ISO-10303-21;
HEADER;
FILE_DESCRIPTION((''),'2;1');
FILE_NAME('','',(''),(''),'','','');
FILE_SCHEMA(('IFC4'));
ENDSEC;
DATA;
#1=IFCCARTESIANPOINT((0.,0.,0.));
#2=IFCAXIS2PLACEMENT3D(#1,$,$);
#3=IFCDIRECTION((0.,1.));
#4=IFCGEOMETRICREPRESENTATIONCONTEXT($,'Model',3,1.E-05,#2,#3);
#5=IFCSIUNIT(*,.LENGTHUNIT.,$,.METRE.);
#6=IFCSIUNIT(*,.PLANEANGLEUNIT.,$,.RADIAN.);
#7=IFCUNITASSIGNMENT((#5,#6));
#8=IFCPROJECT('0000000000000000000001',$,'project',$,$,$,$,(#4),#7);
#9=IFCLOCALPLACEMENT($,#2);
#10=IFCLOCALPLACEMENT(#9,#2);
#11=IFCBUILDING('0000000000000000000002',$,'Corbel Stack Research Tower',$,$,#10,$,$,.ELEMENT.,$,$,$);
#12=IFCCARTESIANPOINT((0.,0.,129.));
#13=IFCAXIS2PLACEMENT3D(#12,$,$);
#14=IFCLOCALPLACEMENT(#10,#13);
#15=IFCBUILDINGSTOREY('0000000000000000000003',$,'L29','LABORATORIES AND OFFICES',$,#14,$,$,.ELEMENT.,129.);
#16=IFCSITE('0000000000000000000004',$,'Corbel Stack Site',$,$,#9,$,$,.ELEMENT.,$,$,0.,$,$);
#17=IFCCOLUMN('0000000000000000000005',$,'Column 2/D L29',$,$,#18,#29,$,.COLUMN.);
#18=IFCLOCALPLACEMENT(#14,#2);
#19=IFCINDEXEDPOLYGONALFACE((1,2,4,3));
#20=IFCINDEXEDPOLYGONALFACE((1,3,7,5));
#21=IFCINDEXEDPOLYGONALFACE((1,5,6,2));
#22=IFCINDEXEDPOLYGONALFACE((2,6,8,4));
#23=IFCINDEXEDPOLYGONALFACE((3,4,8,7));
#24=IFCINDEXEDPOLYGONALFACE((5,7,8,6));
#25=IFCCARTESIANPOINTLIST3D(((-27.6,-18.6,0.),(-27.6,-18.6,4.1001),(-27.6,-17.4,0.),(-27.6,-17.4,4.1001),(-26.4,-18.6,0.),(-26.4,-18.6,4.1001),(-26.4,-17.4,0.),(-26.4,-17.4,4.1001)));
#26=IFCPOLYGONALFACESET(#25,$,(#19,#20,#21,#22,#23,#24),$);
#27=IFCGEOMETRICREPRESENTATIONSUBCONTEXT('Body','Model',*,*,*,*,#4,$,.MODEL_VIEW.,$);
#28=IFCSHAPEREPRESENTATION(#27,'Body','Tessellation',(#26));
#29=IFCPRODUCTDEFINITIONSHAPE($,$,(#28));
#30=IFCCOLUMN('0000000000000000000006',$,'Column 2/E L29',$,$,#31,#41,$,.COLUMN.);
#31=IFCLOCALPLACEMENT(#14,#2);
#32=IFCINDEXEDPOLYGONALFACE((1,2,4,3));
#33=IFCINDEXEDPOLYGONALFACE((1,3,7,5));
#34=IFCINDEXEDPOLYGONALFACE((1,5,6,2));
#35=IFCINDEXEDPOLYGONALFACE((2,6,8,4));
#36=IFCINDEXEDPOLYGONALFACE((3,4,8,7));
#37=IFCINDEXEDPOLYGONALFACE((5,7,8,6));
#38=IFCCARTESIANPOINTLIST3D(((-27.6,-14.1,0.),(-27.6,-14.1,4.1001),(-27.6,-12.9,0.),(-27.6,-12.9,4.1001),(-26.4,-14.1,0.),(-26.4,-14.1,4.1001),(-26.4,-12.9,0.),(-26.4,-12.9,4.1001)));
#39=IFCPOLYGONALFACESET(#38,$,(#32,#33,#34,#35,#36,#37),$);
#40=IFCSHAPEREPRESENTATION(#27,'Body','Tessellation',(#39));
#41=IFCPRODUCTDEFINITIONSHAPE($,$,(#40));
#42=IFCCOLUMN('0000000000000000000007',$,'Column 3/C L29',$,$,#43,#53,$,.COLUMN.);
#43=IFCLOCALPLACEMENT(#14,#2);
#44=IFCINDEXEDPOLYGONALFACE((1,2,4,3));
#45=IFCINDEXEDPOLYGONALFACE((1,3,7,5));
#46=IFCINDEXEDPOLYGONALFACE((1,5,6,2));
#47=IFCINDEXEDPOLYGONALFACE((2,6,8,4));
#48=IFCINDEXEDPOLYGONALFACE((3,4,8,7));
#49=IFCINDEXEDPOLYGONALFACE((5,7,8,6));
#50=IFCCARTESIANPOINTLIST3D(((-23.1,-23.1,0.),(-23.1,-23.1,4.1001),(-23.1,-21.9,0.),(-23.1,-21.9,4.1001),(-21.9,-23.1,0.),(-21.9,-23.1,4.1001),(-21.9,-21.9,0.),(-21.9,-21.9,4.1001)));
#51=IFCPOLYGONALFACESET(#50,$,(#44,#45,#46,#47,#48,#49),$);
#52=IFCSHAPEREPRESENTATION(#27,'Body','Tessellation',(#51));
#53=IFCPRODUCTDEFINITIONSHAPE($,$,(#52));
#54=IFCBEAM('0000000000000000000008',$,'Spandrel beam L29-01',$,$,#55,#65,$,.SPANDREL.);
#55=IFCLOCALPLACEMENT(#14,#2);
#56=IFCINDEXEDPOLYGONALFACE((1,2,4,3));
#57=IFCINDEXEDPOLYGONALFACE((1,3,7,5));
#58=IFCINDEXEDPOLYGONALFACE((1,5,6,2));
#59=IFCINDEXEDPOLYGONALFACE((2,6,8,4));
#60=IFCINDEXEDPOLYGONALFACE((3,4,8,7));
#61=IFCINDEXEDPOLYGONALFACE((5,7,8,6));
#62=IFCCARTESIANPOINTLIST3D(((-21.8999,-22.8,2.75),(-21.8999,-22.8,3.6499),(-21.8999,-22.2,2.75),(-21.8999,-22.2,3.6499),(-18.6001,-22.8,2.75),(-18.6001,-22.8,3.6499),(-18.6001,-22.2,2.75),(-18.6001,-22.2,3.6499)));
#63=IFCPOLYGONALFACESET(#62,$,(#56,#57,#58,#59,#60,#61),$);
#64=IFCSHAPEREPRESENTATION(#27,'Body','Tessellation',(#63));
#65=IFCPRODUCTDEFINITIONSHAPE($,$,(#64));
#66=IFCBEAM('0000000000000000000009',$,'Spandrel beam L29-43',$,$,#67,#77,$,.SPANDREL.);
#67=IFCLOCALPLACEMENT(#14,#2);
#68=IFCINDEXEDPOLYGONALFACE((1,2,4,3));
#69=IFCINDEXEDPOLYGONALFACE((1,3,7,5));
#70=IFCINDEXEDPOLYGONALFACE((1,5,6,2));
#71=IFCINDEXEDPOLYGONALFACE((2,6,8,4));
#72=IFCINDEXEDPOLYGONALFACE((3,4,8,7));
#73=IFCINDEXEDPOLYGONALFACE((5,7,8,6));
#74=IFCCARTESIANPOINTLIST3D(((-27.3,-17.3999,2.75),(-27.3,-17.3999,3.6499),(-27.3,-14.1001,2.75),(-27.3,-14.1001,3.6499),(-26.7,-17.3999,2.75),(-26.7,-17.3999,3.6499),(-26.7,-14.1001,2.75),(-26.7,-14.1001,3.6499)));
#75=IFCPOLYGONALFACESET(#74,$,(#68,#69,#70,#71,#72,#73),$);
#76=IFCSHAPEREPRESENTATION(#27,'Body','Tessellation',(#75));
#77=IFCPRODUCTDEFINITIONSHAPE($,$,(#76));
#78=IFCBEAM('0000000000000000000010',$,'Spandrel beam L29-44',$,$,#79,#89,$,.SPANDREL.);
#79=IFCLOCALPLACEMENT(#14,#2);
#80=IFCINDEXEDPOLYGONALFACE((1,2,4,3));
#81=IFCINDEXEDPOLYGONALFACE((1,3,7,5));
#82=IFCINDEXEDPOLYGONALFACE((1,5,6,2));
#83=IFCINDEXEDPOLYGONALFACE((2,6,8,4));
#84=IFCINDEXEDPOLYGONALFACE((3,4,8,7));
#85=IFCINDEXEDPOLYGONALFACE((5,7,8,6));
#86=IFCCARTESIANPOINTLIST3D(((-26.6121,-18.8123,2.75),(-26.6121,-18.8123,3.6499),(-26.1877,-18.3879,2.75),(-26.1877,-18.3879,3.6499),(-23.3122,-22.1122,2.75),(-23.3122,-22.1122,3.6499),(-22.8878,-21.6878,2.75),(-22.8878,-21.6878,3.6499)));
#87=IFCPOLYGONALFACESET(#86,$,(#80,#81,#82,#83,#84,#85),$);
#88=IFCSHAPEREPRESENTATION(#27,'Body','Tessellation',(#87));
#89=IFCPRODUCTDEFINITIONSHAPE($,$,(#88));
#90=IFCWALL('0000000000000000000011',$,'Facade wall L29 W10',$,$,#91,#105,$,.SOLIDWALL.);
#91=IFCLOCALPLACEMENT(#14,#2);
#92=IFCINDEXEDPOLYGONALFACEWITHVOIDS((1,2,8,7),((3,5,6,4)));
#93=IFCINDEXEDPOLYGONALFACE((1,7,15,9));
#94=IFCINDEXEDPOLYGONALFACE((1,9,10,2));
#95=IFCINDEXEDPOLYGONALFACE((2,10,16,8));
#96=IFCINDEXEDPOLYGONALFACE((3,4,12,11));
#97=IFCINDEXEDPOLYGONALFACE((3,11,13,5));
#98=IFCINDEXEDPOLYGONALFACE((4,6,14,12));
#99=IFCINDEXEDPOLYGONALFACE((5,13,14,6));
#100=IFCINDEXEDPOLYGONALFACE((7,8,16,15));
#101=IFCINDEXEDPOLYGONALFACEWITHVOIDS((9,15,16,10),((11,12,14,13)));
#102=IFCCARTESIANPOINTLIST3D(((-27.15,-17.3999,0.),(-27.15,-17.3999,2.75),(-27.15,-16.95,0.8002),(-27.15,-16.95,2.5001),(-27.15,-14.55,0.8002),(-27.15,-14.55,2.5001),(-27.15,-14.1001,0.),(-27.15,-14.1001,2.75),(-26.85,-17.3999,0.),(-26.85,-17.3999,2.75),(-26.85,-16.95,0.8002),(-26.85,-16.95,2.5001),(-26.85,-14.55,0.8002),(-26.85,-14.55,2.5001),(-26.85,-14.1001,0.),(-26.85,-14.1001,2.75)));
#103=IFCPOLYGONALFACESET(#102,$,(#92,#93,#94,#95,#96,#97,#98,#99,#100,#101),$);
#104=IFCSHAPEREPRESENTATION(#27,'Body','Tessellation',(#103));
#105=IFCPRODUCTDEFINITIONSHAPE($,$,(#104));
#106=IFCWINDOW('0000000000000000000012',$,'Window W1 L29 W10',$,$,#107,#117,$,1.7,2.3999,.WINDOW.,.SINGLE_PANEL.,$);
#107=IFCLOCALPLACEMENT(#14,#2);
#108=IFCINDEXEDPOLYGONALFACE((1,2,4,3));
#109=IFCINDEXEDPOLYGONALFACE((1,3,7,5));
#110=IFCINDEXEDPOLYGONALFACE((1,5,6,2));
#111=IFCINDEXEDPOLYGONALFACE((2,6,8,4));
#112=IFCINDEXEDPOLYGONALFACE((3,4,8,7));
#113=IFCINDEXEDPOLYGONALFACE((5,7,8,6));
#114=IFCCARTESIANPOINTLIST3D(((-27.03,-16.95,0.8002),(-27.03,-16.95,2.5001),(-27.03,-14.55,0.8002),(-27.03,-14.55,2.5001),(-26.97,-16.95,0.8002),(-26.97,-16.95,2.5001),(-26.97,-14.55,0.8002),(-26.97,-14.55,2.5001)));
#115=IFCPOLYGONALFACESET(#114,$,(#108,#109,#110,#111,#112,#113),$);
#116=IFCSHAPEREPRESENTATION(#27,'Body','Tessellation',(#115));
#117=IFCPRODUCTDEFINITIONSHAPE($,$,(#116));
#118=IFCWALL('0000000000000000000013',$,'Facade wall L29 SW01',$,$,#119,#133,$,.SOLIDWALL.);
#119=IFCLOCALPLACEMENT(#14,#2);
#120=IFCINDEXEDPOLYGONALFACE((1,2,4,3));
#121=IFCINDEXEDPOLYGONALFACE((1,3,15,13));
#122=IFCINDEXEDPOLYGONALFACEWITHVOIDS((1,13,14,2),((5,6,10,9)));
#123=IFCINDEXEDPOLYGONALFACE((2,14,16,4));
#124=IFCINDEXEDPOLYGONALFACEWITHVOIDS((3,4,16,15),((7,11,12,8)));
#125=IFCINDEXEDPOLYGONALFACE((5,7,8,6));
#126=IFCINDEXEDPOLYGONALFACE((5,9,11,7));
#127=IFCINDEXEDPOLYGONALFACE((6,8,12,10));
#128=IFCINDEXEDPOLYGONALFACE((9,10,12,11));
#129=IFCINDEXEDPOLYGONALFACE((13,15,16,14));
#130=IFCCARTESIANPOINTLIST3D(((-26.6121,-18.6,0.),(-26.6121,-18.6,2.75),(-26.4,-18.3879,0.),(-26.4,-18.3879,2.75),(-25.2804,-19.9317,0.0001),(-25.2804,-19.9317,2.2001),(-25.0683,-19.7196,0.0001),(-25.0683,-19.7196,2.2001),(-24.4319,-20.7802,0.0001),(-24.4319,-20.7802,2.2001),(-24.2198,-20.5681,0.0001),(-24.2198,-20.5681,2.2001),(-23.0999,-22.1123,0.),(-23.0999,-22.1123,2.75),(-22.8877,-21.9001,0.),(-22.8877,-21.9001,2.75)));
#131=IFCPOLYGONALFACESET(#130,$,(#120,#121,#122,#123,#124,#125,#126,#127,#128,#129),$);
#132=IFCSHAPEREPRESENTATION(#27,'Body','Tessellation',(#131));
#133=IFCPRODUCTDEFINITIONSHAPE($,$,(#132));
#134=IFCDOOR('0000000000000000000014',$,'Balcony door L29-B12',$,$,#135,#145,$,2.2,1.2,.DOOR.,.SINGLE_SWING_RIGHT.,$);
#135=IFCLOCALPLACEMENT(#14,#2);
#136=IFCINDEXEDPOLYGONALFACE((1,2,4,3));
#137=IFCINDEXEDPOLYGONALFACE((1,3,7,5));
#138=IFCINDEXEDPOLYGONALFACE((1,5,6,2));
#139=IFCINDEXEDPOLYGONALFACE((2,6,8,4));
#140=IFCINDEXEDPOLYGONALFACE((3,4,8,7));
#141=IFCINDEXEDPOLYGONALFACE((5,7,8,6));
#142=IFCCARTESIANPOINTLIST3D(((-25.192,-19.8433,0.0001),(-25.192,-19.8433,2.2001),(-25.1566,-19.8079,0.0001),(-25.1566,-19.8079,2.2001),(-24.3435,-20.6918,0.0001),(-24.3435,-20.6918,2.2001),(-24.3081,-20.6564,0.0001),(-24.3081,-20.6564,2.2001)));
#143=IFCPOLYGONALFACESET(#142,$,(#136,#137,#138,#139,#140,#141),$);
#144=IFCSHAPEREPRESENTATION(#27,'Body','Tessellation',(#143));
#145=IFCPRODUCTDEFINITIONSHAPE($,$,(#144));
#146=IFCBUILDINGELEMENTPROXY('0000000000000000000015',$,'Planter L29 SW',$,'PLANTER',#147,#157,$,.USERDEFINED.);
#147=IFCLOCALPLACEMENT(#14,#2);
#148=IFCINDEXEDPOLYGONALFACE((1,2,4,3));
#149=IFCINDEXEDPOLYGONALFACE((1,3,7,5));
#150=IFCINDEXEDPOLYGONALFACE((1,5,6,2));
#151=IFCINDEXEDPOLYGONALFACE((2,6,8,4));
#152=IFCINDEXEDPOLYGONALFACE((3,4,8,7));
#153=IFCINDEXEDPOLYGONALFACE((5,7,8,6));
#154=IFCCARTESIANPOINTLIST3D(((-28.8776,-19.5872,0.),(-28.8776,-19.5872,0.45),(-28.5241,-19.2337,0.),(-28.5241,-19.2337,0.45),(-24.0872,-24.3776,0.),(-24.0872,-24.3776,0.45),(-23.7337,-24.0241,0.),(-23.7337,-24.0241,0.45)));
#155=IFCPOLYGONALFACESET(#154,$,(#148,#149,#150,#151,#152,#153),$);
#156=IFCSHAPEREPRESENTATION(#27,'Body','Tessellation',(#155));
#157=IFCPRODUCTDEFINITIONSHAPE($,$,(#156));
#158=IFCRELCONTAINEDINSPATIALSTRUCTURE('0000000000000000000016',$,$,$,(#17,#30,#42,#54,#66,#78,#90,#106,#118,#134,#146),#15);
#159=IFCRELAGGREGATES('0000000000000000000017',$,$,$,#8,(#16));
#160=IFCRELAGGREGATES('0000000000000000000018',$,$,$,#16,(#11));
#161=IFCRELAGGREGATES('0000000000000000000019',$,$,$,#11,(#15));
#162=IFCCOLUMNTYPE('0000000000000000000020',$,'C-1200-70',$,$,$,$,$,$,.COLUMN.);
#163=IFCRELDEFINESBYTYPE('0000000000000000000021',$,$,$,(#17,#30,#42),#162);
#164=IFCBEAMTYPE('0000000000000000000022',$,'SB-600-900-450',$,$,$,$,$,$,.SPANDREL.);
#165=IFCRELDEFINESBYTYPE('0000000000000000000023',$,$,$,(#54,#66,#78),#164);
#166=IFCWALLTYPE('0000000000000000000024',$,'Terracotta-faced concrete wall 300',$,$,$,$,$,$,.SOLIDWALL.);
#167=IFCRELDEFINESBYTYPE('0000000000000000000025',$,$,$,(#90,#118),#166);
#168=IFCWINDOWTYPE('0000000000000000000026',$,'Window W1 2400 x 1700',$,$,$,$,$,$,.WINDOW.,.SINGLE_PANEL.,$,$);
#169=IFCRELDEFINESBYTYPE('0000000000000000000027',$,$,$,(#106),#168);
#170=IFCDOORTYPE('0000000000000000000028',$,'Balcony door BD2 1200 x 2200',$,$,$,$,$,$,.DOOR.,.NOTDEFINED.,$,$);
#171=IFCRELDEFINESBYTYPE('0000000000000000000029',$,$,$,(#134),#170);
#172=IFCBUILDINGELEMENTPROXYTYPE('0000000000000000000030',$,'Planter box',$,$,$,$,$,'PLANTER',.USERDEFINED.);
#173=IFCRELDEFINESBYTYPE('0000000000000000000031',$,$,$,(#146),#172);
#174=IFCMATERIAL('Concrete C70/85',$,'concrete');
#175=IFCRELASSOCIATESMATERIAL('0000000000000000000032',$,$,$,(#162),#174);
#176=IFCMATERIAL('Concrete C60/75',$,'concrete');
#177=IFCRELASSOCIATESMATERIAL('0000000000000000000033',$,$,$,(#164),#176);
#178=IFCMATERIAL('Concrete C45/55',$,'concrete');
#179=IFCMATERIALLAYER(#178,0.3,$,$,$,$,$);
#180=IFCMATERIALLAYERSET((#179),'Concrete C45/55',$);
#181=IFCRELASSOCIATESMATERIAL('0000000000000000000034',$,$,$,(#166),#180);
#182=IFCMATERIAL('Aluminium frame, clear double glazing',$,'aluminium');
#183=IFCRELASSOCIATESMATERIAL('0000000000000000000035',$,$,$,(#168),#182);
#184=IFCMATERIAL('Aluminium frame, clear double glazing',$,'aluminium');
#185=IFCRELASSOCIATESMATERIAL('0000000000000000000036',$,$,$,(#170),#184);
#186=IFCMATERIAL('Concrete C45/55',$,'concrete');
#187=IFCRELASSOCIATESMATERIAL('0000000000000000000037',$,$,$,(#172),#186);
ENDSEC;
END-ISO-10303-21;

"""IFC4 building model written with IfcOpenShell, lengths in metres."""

from ifc_helpers import new_model, si_unit, direction, frame, frame_2d, origin, origin_2d, place, context, subcontext, project, spatial, rectangle, extrude, material, layer, layer_set, material_profile, profile_set, type_object, element, fill, save


model = new_model("IFC4")

# Units and contexts
model_context = context("Model", 3, precision=1e-05, world=origin(), true_north=direction((0.0, 1.0)))
body_context = subcontext(model_context, "Body", "Model", "MODEL_VIEW")
ifc_project = project(units=[si_unit("LENGTHUNIT", "METRE"), si_unit("PLANEANGLEUNIT", "RADIAN")], contexts=[model_context])

# Site, building, storey
site_placement = place(None, origin())
site = spatial("IfcSite", under=ifc_project, at=site_placement, Name="Corbel Stack Site", CompositionType="ELEMENT", RefElevation=0.0)
building_placement = place(site_placement, origin())
building = spatial("IfcBuilding", under=site, at=building_placement, Name="Corbel Stack Research Tower", CompositionType="ELEMENT")
storey_placement = place(building_placement, frame((0.0, 0.0, 129.0)))
storey = spatial("IfcBuildingStorey", under=building, at=storey_placement, Name="L29", Description="LABORATORIES AND OFFICES", CompositionType="ELEMENT", Elevation=129.0)

# Columns
ifc_material_1 = material(Name="Concrete C70/85", Category="concrete")
ifc_material_profile_1 = material_profile(ifc_material_1, rectangle(XDim=1.2, YDim=1.2, at=origin_2d()), Name="RC 1200 x 1200")
ifc_profile_set_1 = profile_set([ifc_material_profile_1], Name="Concrete C70/85")
column_type = type_object("IfcColumnType", Name="C-1200-70", PredefinedType="COLUMN", material=ifc_profile_set_1)
for number, where, z_axis, x_axis, name in (
    (1, (-27.0, -18.0, 0.0), (0.0, 0.0, 1.0), (1.0, 0.0, 0.0), "Column 2/D L29"),
    (2, (-27.0, -13.5, 0.0), (0.0, 0.0, 1.0), (1.0, 0.0, 0.0), "Column 2/E L29"),
    (3, (-22.5, -22.5, 0.0), (0.0, 0.0, 1.0), (1.0, 0.0, 0.0), "Column 3/C L29"),
):
    element("IfcColumn", number, at=place(storey_placement, frame(where, z_axis=z_axis, x_axis=x_axis)), inside=storey, type_object=column_type, Name=name, PredefinedType="COLUMN", context=body_context, shape_type="SweptSolid", body=[
        extrude(rectangle(XDim=1.2, YDim=1.2, at=origin_2d()), origin(), (0.0, 0.0, 1.0), 4.1001),
    ])

# Beams
ifc_material_2 = material(Name="Concrete C60/75", Category="concrete")
ifc_material_profile_2 = material_profile(ifc_material_2, rectangle(XDim=0.6001, YDim=0.8999, at=origin_2d()), Name="RC 600 x 900")
ifc_profile_set_2 = profile_set([ifc_material_profile_2], Name="Concrete C60/75")
beam_type = type_object("IfcBeamType", Name="SB-600-900-450", PredefinedType="SPANDREL", material=ifc_profile_set_2)
for number, where, z_axis, x_axis, name in (
    (4, (-21.8999, -22.5, 3.2), (1.0, 0.0, 0.0), (0.0, 1.0, 0.0), "Spandrel beam L29-01"),
    (5, (-27.0, -14.1001, 3.2), (0.0, -1.0, 0.0), (1.0, 0.0, 0.0), "Spandrel beam L29-43"),
):
    element("IfcBeam", number, at=place(storey_placement, frame(where, z_axis=z_axis, x_axis=x_axis)), inside=storey, type_object=beam_type, Name=name, PredefinedType="SPANDREL", context=body_context, shape_type="SweptSolid", body=[
        extrude(rectangle(XDim=0.6001, YDim=0.8999, at=origin_2d()), origin(), (0.0, 0.0, 1.0), 3.2998),
    ])
beam_placement = place(storey_placement, frame((-26.3999, -18.6001, 3.2), z_axis=(0.707107, -0.707107, 0.0), x_axis=(0.707107, 0.707107, 0.0)))
element("IfcBeam", 6, at=beam_placement, inside=storey, type_object=beam_type, Name="Spandrel beam L29-44", PredefinedType="SPANDREL", context=body_context, shape_type="SweptSolid", body=[
    extrude(rectangle(XDim=0.6001, YDim=0.8999, at=origin_2d()), origin(), (0.0, 0.0, 1.0), 4.6667),
])

# Wall, opening, window
ifc_material_3 = material(Name="Concrete C45/55", Category="concrete")
ifc_layer = layer(ifc_material_3, 0.3)
ifc_layer_set = layer_set([ifc_layer], Name="Concrete C45/55")
wall_type = type_object("IfcWallType", Name="Terracotta-faced concrete wall 300", PredefinedType="SOLIDWALL", material=ifc_layer_set)
wall_1_placement = place(storey_placement, frame((-27.0, -17.3999, 0.0), z_axis=(0.0, 0.0, 1.0), x_axis=(0.0, 1.0, 0.0)))
wall_1 = element("IfcWall", 7, at=wall_1_placement, inside=storey, type_object=wall_type, Name="Facade wall L29 W10", PredefinedType="SOLIDWALL", context=body_context, shape_type="SweptSolid", body=[
    extrude(rectangle(XDim=3.2998, YDim=0.3, at=frame_2d((1.6499, 0.0))), origin(), (0.0, 0.0, 1.0), 2.75),
])
opening_1_placement = place(wall_1_placement, frame((0.45, 0.0, 0.8)))
opening_1 = element("IfcOpeningElement", 8, at=opening_1_placement, cuts=wall_1, PredefinedType="OPENING", context=body_context, shape_type="SweptSolid", body=[
    extrude(rectangle(XDim=2.3999, YDim=1.7, at=frame_2d((1.2, 0.8501))), frame((0.0, 0.1599, 0.0), z_axis=(0.0, -1.0, 0.0), x_axis=(1.0, 0.0, 0.0)), (0.0, 0.0, 1.0), 0.3201),
])
ifc_material_4 = material(Name="Aluminium frame, clear double glazing", Category="aluminium")
window_type = type_object("IfcWindowType", Name="Window W1 2400 x 1700", PartitioningType="SINGLE_PANEL", PredefinedType="WINDOW", material=ifc_material_4)
window_placement = place(opening_1_placement, origin())
window = element("IfcWindow", 9, at=window_placement, inside=storey, type_object=window_type, Name="Window W1 L29 W10", OverallHeight=1.7, OverallWidth=2.3999, PartitioningType="SINGLE_PANEL", PredefinedType="WINDOW", context=body_context, shape_type="SweptSolid", body=[
    extrude(rectangle(XDim=2.3999, YDim=1.7, at=frame_2d((1.2, 0.8501))), frame((0.0, 0.03, 0.0), z_axis=(0.0, -1.0, 0.0), x_axis=(1.0, 0.0, 0.0)), (0.0, 0.0, 1.0), 0.0601),
])
fill(opening_1, window)

# Wall, opening, door
wall_2_placement = place(storey_placement, frame((-22.9939, -22.0061, 0.0), z_axis=(0.0, 0.0, 1.0), x_axis=(-0.707107, 0.707107, 0.0)))
wall_2 = element("IfcWall", 10, at=wall_2_placement, inside=storey, type_object=wall_type, Name="Facade wall L29 SW01", PredefinedType="SOLIDWALL", context=body_context, shape_type="SweptSolid", body=[
    extrude(rectangle(XDim=4.967, YDim=0.3, at=frame_2d((2.4834, 0.0))), origin(), (0.0, 0.0, 1.0), 2.75),
])
opening_2_placement = place(wall_2_placement, frame((1.8835, 0.0, 0.0)))
opening_2 = element("IfcOpeningElement", 11, at=opening_2_placement, cuts=wall_2, PredefinedType="OPENING", context=body_context, shape_type="SweptSolid", body=[
    extrude(rectangle(XDim=1.2, YDim=2.2, at=frame_2d((0.6001, 1.1001))), frame((0.0, 0.1599, 0.0), z_axis=(0.0, -1.0, 0.0), x_axis=(1.0, 0.0, 0.0)), (0.0, 0.0, 1.0), 0.3201),
])
ifc_material_5 = material(Name="Aluminium frame, clear double glazing", Category="aluminium")
door_type = type_object("IfcDoorType", Name="Balcony door BD2 1200 x 2200", OperationType="NOTDEFINED", PredefinedType="DOOR", material=ifc_material_5)
door_placement = place(opening_2_placement, origin())
door = element("IfcDoor", 12, at=door_placement, inside=storey, type_object=door_type, Name="Balcony door L29-B12", OperationType="SINGLE_SWING_RIGHT", OverallHeight=2.2, OverallWidth=1.2, PredefinedType="DOOR", context=body_context, shape_type="SweptSolid", body=[
    extrude(rectangle(XDim=1.2, YDim=2.2, at=frame_2d((0.6001, 1.1001))), frame((0.0, 0.0249, 0.0), z_axis=(0.0, -1.0, 0.0), x_axis=(1.0, 0.0, 0.0)), (0.0, 0.0, 1.0), 0.05),
])
fill(opening_2, door)

# Building element proxy
ifc_material_6 = material(Name="Concrete C45/55", Category="concrete")
building_element_proxy_type = type_object("IfcBuildingElementProxyType", Name="Planter box", ElementType="PLANTER", PredefinedType="USERDEFINED", material=ifc_material_6)
proxy_placement = place(storey_placement, frame((-26.3057, -21.8057, 0.0), z_axis=(0.0, 0.0, 1.0), x_axis=(0.707107, -0.707107, 0.0)))
element("IfcBuildingElementProxy", 13, at=proxy_placement, inside=storey, type_object=building_element_proxy_type, Name="Planter L29 SW", ObjectType="PLANTER", PredefinedType="USERDEFINED", context=body_context, shape_type="SweptSolid", body=[
    extrude(rectangle(XDim=6.7747, YDim=0.5, at=origin_2d()), origin(), (0.0, 0.0, 1.0), 0.45),
])

save(model, "model.ifc")
